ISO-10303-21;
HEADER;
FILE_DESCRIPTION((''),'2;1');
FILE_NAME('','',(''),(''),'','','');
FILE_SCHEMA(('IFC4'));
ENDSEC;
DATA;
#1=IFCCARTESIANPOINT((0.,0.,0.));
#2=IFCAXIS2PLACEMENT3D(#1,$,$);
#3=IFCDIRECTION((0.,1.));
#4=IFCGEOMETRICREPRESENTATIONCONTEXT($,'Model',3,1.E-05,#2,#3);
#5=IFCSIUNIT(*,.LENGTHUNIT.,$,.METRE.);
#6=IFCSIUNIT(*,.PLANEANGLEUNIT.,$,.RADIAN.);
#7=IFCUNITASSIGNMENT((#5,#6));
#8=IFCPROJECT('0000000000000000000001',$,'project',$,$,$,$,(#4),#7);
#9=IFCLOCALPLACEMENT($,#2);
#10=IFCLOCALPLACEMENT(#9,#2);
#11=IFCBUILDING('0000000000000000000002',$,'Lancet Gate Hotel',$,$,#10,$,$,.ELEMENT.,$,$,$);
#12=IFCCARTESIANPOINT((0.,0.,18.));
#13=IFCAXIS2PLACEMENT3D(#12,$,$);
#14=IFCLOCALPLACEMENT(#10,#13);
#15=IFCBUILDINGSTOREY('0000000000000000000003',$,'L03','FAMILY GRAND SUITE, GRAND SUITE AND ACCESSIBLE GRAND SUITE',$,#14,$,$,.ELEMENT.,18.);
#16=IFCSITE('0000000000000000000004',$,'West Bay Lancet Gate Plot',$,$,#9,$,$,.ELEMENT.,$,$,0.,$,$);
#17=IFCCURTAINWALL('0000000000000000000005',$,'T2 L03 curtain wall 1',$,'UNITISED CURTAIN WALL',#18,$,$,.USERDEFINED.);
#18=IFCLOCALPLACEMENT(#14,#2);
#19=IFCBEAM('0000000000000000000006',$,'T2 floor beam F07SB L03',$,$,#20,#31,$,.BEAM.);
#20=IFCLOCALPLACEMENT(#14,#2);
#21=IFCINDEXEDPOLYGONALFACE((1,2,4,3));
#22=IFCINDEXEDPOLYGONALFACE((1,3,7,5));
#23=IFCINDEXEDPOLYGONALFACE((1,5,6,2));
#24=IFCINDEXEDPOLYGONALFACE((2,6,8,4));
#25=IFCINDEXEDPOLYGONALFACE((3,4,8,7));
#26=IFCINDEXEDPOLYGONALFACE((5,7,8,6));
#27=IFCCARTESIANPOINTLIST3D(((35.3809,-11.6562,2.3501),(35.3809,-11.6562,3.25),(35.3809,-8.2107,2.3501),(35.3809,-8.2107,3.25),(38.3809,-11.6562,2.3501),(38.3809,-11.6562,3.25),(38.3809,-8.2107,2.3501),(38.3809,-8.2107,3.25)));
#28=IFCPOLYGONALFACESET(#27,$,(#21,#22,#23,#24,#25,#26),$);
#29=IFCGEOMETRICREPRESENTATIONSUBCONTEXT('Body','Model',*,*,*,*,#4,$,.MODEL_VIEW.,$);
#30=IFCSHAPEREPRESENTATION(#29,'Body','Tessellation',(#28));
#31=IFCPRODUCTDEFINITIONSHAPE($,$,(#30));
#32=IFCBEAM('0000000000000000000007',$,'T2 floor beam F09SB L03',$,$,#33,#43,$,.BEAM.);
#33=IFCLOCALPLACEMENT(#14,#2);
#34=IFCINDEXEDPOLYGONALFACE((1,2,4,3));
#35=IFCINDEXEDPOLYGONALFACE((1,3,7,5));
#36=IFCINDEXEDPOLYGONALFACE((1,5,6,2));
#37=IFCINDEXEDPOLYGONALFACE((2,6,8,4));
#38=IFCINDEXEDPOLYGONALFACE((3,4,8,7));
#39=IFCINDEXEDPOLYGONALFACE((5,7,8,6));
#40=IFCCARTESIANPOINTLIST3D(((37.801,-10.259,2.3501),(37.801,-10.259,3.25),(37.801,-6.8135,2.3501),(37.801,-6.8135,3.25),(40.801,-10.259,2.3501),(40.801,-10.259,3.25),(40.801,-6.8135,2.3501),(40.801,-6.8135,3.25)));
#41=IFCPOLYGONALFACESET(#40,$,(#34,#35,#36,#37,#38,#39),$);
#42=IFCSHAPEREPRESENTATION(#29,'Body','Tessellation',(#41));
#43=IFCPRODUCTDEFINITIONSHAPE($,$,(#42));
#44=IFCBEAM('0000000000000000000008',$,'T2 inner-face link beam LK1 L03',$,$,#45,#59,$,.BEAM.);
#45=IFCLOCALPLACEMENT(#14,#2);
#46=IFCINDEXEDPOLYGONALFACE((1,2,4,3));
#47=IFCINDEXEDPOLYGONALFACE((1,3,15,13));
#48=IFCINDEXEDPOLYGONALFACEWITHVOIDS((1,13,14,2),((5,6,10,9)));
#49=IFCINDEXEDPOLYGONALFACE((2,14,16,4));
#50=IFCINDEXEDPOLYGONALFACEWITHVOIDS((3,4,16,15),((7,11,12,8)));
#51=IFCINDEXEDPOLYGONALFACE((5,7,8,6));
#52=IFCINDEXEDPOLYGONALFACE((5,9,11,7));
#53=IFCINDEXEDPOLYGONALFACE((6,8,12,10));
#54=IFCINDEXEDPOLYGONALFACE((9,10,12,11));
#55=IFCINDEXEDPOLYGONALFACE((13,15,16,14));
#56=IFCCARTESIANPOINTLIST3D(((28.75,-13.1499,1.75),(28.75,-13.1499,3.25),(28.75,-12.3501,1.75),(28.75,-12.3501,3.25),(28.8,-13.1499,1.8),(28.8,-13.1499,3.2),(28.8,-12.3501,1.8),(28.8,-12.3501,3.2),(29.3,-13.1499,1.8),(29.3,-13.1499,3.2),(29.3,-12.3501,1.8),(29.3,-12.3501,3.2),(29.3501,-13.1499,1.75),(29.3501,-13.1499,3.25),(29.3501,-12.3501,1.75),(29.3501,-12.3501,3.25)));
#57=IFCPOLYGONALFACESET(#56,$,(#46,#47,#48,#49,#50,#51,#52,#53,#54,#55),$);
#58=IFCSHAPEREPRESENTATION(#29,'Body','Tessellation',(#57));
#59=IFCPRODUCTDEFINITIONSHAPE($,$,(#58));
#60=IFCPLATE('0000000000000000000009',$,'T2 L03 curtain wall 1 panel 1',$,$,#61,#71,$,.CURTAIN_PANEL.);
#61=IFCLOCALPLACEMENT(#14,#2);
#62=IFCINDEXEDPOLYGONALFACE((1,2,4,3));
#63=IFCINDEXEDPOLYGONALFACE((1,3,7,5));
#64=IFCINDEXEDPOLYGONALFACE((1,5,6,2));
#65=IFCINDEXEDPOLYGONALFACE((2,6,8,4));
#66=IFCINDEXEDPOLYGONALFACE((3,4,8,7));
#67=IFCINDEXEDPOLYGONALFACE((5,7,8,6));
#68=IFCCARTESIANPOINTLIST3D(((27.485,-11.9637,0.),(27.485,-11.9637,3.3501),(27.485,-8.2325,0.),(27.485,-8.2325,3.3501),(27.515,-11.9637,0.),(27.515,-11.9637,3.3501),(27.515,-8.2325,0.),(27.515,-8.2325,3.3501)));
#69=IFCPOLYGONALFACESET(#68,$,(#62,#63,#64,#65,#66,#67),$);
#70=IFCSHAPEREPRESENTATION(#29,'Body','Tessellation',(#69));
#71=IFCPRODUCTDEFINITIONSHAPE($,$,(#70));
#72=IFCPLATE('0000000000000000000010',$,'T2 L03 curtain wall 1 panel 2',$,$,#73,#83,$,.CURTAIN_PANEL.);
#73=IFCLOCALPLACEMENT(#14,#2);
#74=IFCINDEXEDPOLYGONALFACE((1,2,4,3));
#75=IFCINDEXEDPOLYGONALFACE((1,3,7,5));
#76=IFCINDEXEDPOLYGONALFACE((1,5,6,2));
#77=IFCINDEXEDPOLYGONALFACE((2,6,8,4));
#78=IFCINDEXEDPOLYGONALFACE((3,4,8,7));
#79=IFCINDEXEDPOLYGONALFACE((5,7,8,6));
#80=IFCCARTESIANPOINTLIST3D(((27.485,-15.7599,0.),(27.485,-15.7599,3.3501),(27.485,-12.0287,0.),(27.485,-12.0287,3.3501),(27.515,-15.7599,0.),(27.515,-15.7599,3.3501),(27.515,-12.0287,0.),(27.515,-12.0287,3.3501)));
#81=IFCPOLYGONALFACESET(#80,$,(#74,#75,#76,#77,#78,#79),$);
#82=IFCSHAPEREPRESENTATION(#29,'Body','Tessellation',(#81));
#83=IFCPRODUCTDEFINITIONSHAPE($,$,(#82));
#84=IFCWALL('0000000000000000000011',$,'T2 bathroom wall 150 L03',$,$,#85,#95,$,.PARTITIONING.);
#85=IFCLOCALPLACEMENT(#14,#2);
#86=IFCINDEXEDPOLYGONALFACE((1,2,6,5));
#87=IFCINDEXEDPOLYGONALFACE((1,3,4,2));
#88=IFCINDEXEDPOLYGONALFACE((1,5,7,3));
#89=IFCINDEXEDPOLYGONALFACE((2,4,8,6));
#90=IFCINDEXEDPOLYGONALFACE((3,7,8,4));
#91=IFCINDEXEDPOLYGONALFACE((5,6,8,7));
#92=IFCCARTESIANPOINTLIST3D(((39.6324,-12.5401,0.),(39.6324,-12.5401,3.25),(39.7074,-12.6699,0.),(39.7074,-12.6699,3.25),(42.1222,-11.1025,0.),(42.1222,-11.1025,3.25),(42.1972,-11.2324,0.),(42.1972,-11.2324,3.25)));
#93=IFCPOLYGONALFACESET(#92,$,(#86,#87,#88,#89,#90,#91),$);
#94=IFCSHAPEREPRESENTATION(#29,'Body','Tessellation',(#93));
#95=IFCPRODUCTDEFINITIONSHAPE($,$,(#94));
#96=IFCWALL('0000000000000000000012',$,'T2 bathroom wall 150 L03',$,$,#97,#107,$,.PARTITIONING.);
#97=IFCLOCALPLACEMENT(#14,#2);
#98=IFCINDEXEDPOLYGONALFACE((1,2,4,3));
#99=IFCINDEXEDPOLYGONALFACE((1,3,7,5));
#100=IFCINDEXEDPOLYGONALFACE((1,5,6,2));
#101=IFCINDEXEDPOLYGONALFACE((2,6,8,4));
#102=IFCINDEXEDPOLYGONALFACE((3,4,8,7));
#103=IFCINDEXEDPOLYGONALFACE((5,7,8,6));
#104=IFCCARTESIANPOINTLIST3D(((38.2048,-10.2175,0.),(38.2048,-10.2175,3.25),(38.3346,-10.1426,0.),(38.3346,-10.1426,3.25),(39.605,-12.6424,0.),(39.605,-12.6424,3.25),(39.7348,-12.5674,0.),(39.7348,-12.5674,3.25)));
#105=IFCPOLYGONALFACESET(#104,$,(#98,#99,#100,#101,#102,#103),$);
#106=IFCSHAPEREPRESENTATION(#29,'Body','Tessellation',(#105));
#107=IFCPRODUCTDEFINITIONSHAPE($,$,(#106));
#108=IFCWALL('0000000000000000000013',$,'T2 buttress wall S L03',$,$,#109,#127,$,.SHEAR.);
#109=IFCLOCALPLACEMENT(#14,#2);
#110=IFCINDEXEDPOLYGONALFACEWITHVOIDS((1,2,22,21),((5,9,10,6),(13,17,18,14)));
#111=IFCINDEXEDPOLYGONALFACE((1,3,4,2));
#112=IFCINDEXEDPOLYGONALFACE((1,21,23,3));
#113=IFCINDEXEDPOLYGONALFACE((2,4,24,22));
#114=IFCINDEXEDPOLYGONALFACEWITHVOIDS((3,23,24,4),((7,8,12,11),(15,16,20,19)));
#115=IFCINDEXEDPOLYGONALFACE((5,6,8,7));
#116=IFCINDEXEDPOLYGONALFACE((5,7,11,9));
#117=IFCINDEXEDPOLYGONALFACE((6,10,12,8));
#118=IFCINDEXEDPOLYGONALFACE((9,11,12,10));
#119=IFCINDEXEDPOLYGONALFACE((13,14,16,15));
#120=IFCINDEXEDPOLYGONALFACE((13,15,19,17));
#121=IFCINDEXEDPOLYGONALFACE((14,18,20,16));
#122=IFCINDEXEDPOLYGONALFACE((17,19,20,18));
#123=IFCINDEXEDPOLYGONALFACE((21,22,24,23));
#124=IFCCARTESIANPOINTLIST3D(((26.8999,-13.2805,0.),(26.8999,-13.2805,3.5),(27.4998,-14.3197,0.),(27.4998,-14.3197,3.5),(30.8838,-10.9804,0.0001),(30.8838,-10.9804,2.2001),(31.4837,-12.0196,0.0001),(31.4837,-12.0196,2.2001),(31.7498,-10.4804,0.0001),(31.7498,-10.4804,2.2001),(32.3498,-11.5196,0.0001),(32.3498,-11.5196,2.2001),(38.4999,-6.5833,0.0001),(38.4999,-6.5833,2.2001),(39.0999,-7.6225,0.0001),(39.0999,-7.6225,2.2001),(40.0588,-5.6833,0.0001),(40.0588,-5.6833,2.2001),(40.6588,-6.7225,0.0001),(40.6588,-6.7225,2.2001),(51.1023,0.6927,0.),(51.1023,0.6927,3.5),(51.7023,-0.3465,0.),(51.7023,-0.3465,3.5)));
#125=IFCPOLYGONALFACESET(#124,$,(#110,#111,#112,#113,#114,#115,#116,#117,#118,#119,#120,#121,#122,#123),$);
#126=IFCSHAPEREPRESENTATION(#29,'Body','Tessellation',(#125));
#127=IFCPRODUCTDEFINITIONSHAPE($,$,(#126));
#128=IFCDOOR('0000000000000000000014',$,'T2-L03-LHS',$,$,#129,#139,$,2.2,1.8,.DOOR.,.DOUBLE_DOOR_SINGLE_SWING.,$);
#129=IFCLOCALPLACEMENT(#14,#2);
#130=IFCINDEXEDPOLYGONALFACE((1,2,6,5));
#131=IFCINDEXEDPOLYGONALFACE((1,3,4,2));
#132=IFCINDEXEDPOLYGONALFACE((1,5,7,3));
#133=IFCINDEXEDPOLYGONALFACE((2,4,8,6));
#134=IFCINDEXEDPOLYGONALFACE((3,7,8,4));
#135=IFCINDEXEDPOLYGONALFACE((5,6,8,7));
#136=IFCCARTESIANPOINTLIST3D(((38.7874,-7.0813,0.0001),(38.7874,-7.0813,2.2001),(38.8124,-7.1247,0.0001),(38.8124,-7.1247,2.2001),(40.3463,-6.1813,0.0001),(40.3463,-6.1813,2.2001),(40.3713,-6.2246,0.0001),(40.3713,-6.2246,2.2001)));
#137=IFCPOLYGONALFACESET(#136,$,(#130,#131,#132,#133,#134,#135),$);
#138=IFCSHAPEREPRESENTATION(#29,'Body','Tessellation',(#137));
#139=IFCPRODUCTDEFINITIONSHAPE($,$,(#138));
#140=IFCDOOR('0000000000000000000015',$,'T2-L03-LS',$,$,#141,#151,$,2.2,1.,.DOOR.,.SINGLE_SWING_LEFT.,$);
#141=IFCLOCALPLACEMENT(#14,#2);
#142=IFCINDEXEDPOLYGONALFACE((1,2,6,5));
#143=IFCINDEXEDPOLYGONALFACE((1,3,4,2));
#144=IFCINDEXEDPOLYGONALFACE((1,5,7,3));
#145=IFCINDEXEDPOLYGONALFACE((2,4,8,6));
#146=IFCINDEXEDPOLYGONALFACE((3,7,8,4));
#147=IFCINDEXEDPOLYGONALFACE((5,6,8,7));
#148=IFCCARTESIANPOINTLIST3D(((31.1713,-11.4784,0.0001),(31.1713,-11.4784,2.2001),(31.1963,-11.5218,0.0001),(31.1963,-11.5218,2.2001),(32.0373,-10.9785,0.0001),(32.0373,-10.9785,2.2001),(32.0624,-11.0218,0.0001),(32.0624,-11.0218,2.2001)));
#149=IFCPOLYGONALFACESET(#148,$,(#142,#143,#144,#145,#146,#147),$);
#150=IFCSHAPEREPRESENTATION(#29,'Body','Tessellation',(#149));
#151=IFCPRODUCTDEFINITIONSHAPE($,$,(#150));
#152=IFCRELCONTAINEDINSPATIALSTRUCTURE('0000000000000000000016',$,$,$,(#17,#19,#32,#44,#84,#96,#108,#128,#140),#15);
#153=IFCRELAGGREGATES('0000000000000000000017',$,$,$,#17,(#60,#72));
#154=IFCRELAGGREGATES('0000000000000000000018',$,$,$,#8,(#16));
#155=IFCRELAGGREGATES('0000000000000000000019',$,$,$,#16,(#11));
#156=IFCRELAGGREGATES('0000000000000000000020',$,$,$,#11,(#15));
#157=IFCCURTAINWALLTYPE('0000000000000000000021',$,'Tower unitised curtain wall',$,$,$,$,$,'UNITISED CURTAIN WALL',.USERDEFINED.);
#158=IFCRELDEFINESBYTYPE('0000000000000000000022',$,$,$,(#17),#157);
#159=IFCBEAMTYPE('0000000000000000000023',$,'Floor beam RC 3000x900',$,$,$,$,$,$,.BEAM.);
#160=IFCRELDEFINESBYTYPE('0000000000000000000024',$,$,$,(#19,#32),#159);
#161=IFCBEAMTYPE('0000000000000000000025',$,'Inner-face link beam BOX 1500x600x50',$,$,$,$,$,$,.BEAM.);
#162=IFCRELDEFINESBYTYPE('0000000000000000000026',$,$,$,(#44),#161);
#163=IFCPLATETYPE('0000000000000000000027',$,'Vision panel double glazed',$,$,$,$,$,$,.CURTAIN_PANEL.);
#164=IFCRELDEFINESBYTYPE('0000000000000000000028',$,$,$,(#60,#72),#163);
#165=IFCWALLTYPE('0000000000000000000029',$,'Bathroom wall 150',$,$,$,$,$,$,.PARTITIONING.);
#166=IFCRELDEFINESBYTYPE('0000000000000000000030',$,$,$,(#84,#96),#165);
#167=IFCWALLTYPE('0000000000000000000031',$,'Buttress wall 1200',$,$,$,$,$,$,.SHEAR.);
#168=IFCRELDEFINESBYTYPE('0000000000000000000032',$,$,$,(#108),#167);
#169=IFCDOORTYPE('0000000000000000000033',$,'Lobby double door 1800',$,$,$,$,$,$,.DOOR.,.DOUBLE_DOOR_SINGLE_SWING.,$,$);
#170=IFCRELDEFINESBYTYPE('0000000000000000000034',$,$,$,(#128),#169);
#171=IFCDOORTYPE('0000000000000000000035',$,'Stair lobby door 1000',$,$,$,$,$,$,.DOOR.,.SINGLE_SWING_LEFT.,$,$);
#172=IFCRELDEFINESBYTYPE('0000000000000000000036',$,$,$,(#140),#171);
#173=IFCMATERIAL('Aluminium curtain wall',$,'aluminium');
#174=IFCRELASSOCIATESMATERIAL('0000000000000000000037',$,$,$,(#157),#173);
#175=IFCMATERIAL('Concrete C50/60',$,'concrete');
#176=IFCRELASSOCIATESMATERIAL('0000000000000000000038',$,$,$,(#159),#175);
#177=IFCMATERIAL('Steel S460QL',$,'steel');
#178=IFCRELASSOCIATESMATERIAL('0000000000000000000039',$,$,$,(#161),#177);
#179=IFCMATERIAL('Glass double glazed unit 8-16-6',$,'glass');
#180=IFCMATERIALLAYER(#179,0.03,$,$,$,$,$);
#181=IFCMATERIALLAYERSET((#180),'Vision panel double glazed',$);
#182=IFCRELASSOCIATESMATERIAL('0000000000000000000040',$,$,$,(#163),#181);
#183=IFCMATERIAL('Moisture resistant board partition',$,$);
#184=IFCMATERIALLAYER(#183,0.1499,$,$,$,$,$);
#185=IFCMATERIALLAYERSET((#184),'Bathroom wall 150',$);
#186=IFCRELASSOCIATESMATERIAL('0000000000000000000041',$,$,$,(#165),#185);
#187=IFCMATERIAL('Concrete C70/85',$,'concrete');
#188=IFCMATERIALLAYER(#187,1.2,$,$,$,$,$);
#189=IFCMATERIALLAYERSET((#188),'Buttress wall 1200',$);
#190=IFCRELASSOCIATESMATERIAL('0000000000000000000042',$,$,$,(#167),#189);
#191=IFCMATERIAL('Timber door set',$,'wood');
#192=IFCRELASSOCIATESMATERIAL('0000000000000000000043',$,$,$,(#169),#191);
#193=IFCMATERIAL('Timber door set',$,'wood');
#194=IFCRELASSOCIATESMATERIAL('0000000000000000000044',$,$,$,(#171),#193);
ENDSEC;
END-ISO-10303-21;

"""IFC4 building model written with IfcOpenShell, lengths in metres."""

from ifc_helpers import new_model, si_unit, direction, frame, frame_2d, origin, origin_2d, place, context, subcontext, project, spatial, rectangle, hollow_rectangle, extrude, material, layer, layer_set, material_profile, profile_set, type_object, element, fill, aggregate, save


model = new_model("IFC4")

# Units and contexts
model_context = context("Model", 3, precision=1e-05, world=origin(), true_north=direction((0.0, 1.0)))
body_context = subcontext(model_context, "Body", "Model", "MODEL_VIEW")
ifc_project = project(units=[si_unit("LENGTHUNIT", "METRE"), si_unit("PLANEANGLEUNIT", "RADIAN")], contexts=[model_context])

# Site, building, storey
site_placement = place(None, origin())
site = spatial("IfcSite", under=ifc_project, at=site_placement, Name="West Bay Lancet Gate Plot", CompositionType="ELEMENT", RefElevation=0.0)
building_placement = place(site_placement, origin())
building = spatial("IfcBuilding", under=site, at=building_placement, Name="Lancet Gate Hotel", CompositionType="ELEMENT")
storey_placement = place(building_placement, frame((0.0, 0.0, 18.0)))
storey = spatial("IfcBuildingStorey", under=building, at=storey_placement, Name="L03", Description="FAMILY GRAND SUITE, GRAND SUITE AND ACCESSIBLE GRAND SUITE", CompositionType="ELEMENT", Elevation=18.0)

# Curtain wall
ifc_material_1 = material(Name="Aluminium curtain wall", Category="aluminium")
curtain_wall_type = type_object("IfcCurtainWallType", Name="Tower unitised curtain wall", ElementType="UNITISED CURTAIN WALL", PredefinedType="USERDEFINED", material=ifc_material_1)
curtain_wall_placement = place(storey_placement, origin())
curtain_wall = element("IfcCurtainWall", 1, at=curtain_wall_placement, inside=storey, type_object=curtain_wall_type, Name="T2 L03 curtain wall 1", ObjectType="UNITISED CURTAIN WALL", PredefinedType="USERDEFINED")

# Beams
ifc_material_2 = material(Name="Concrete C50/60", Category="concrete")
ifc_material_profile_1 = material_profile(ifc_material_2, rectangle(XDim=3.0, YDim=0.8999, at=origin_2d()), Name="RC 3000x900")
ifc_profile_set_1 = profile_set([ifc_material_profile_1], Name="Concrete C50/60")
beam_type_1 = type_object("IfcBeamType", Name="Floor beam RC 3000x900", PredefinedType="BEAM", material=ifc_profile_set_1)
for number, where, z_axis, x_axis, name in (
    (2, (36.8809, -11.6562, 2.8), (0.0, 1.0, 0.0), (-1.0, 0.0, 0.0), "T2 floor beam F07SB L03"),
    (3, (39.301, -10.259, 2.8), (0.0, 1.0, 0.0), (-1.0, 0.0, 0.0), "T2 floor beam F09SB L03"),
):
    element("IfcBeam", number, at=place(storey_placement, frame(where, z_axis=z_axis, x_axis=x_axis)), inside=storey, type_object=beam_type_1, Name=name, PredefinedType="BEAM", context=body_context, shape_type="SweptSolid", body=[
        extrude(rectangle(XDim=3.0, YDim=0.8999, at=origin_2d()), origin(), (0.0, 0.0, 1.0), 3.4456),
    ])
ifc_material_3 = material(Name="Steel S460QL", Category="steel")
ifc_material_profile_2 = material_profile(ifc_material_3, hollow_rectangle(XDim=0.6001, YDim=1.5, WallThickness=0.05, at=origin_2d()), Name="BOX 1500x600x50")
ifc_profile_set_2 = profile_set([ifc_material_profile_2], Name="Steel S460QL")
beam_type_2 = type_object("IfcBeamType", Name="Inner-face link beam BOX 1500x600x50", PredefinedType="BEAM", material=ifc_profile_set_2)
beam_1_placement = place(storey_placement, frame((29.05, -13.1499, 2.5), z_axis=(0.0, 1.0, 0.0), x_axis=(-1.0, 0.0, 0.0)))
element("IfcBeam", 4, at=beam_1_placement, inside=storey, type_object=beam_type_2, Name="T2 inner-face link beam LK1 L03", PredefinedType="BEAM", context=body_context, shape_type="SweptSolid", body=[
    extrude(hollow_rectangle(XDim=0.6001, YDim=1.5, WallThickness=0.05, at=origin_2d()), origin(), (0.0, 0.0, 1.0), 0.7998),
])

# Plates
ifc_material_4 = material(Name="Glass double glazed unit 8-16-6", Category="glass")
ifc_layer_1 = layer(ifc_material_4, 0.03)
ifc_layer_set_1 = layer_set([ifc_layer_1], Name="Vision panel double glazed")
plate_type = type_object("IfcPlateType", Name="Vision panel double glazed", PredefinedType="CURTAIN_PANEL", material=ifc_layer_set_1)
plate_1_placement = place(storey_placement, frame((27.5, -10.0981, 0.0), z_axis=(0.0, 0.0, 1.0), x_axis=(0.0, -1.0, 0.0)))
plate_1 = element("IfcPlate", 5, at=plate_1_placement, type_object=plate_type, Name="T2 L03 curtain wall 1 panel 1", PredefinedType="CURTAIN_PANEL", context=body_context, shape_type="SweptSolid", body=[
    extrude(rectangle(XDim=3.7312, YDim=0.03, at=origin_2d()), origin(), (0.0, 0.0, 1.0), 3.3501),
])
plate_2_placement = place(storey_placement, frame((27.5, -13.8943, 0.0), z_axis=(0.0, 0.0, 1.0), x_axis=(0.0, -1.0, 0.0)))
plate_2 = element("IfcPlate", 6, at=plate_2_placement, type_object=plate_type, Name="T2 L03 curtain wall 1 panel 2", PredefinedType="CURTAIN_PANEL", context=body_context, shape_type="SweptSolid", body=[
    extrude(rectangle(XDim=3.7312, YDim=0.03, at=origin_2d()), origin(), (0.0, 0.0, 1.0), 3.3501),
])
aggregate(curtain_wall, [plate_1, plate_2])

# Walls
ifc_material_5 = material(Name="Moisture resistant board partition")
ifc_layer_2 = layer(ifc_material_5, 0.1499)
ifc_layer_set_2 = layer_set([ifc_layer_2], Name="Bathroom wall 150")
wall_type_1 = type_object("IfcWallType", Name="Bathroom wall 150", PredefinedType="PARTITIONING", material=ifc_layer_set_2)
wall_1_placement = place(storey_placement, frame((39.6699, -12.605, 0.0), z_axis=(0.0, 0.0, 1.0), x_axis=(0.866019, 0.500012, 0.0)))
element("IfcWall", 7, at=wall_1_placement, inside=storey, type_object=wall_type_1, Name="T2 bathroom wall 150 L03", PredefinedType="PARTITIONING", context=body_context, shape_type="SweptSolid", body=[
    extrude(rectangle(XDim=2.875, YDim=0.1499, at=frame_2d((1.4375, 0.0))), origin(), (0.0, 0.0, 1.0), 3.25),
])
wall_2_placement = place(storey_placement, frame((38.2698, -10.1802, 0.0), z_axis=(0.0, 0.0, 1.0), x_axis=(0.50005, -0.865997, 0.0)))
element("IfcWall", 8, at=wall_2_placement, inside=storey, type_object=wall_type_1, Name="T2 bathroom wall 150 L03", PredefinedType="PARTITIONING", context=body_context, shape_type="SweptSolid", body=[
    extrude(rectangle(XDim=2.8, YDim=0.1499, at=frame_2d((1.3999, 0.0))), origin(), (0.0, 0.0, 1.0), 3.25),
])

# Wall, openings, doors
ifc_material_6 = material(Name="Concrete C70/85", Category="concrete")
ifc_layer_3 = layer(ifc_material_6, 1.2)
ifc_layer_set_3 = layer_set([ifc_layer_3], Name="Buttress wall 1200")
wall_type_2 = type_object("IfcWallType", Name="Buttress wall 1200", PredefinedType="SHEAR", material=ifc_layer_set_3)
wall_3_placement = place(storey_placement, frame((27.2, -13.8, 0.0), z_axis=(0.0, 0.0, 1.0), x_axis=(0.866027, 0.499997, 0.0)))
wall_3 = element("IfcWall", 9, at=wall_3_placement, inside=storey, type_object=wall_type_2, Name="T2 buttress wall S L03", PredefinedType="SHEAR", context=body_context, shape_type="SweptSolid", body=[
    extrude(rectangle(XDim=27.9465, YDim=1.2, at=frame_2d((13.9731, 0.0))), origin(), (0.0, 0.0, 1.0), 3.5),
])
opening_1_placement = place(wall_3_placement, frame((4.6001, 0.0, 0.0)))
opening_1 = element("IfcOpeningElement", 10, at=opening_1_placement, cuts=wall_3, PredefinedType="OPENING", context=body_context, shape_type="SweptSolid", body=[
    extrude(rectangle(XDim=1.0, YDim=2.2, at=frame_2d((0.5, 1.1001))), frame((0.0, 0.6099, 0.0), z_axis=(0.0, -1.0, 0.0), x_axis=(1.0, 0.0, 0.0)), (0.0, 0.0, 1.0), 1.22),
])
opening_2_placement = place(wall_3_placement, frame((13.3945, 0.0, 0.0)))
opening_2 = element("IfcOpeningElement", 11, at=opening_2_placement, cuts=wall_3, PredefinedType="OPENING", context=body_context, shape_type="SweptSolid", body=[
    extrude(rectangle(XDim=1.8, YDim=2.2, at=frame_2d((0.8999, 1.1001))), frame((0.0, 0.6099, 0.0), z_axis=(0.0, -1.0, 0.0), x_axis=(1.0, 0.0, 0.0)), (0.0, 0.0, 1.0), 1.22),
])
ifc_material_7 = material(Name="Timber door set", Category="wood")
door_type_1 = type_object("IfcDoorType", Name="Lobby double door 1800", OperationType="DOUBLE_DOOR_SINGLE_SWING", PredefinedType="DOOR", material=ifc_material_7)
door_1_placement = place(opening_2_placement, origin())
door_1 = element("IfcDoor", 12, at=door_1_placement, inside=storey, type_object=door_type_1, Name="T2-L03-LHS", OperationType="DOUBLE_DOOR_SINGLE_SWING", OverallHeight=2.2, OverallWidth=1.8, PredefinedType="DOOR", context=body_context, shape_type="SweptSolid", body=[
    extrude(rectangle(XDim=1.8, YDim=2.2, at=frame_2d((0.8999, 1.1001))), frame((0.0, 0.0249, 0.0), z_axis=(0.0, -1.0, 0.0), x_axis=(1.0, 0.0, 0.0)), (0.0, 0.0, 1.0), 0.05),
])
fill(opening_2, door_1)
ifc_material_8 = material(Name="Timber door set", Category="wood")
door_type_2 = type_object("IfcDoorType", Name="Stair lobby door 1000", OperationType="SINGLE_SWING_LEFT", PredefinedType="DOOR", material=ifc_material_8)
door_2_placement = place(opening_1_placement, origin())
door_2 = element("IfcDoor", 13, at=door_2_placement, inside=storey, type_object=door_type_2, Name="T2-L03-LS", OperationType="SINGLE_SWING_LEFT", OverallHeight=2.2, OverallWidth=1.0, PredefinedType="DOOR", context=body_context, shape_type="SweptSolid", body=[
    extrude(rectangle(XDim=1.0, YDim=2.2, at=frame_2d((0.5, 1.1001))), frame((0.0, 0.0249, 0.0), z_axis=(0.0, -1.0, 0.0), x_axis=(1.0, 0.0, 0.0)), (0.0, 0.0, 1.0), 0.05),
])
fill(opening_1, door_2)

save(model, "model.ifc")
